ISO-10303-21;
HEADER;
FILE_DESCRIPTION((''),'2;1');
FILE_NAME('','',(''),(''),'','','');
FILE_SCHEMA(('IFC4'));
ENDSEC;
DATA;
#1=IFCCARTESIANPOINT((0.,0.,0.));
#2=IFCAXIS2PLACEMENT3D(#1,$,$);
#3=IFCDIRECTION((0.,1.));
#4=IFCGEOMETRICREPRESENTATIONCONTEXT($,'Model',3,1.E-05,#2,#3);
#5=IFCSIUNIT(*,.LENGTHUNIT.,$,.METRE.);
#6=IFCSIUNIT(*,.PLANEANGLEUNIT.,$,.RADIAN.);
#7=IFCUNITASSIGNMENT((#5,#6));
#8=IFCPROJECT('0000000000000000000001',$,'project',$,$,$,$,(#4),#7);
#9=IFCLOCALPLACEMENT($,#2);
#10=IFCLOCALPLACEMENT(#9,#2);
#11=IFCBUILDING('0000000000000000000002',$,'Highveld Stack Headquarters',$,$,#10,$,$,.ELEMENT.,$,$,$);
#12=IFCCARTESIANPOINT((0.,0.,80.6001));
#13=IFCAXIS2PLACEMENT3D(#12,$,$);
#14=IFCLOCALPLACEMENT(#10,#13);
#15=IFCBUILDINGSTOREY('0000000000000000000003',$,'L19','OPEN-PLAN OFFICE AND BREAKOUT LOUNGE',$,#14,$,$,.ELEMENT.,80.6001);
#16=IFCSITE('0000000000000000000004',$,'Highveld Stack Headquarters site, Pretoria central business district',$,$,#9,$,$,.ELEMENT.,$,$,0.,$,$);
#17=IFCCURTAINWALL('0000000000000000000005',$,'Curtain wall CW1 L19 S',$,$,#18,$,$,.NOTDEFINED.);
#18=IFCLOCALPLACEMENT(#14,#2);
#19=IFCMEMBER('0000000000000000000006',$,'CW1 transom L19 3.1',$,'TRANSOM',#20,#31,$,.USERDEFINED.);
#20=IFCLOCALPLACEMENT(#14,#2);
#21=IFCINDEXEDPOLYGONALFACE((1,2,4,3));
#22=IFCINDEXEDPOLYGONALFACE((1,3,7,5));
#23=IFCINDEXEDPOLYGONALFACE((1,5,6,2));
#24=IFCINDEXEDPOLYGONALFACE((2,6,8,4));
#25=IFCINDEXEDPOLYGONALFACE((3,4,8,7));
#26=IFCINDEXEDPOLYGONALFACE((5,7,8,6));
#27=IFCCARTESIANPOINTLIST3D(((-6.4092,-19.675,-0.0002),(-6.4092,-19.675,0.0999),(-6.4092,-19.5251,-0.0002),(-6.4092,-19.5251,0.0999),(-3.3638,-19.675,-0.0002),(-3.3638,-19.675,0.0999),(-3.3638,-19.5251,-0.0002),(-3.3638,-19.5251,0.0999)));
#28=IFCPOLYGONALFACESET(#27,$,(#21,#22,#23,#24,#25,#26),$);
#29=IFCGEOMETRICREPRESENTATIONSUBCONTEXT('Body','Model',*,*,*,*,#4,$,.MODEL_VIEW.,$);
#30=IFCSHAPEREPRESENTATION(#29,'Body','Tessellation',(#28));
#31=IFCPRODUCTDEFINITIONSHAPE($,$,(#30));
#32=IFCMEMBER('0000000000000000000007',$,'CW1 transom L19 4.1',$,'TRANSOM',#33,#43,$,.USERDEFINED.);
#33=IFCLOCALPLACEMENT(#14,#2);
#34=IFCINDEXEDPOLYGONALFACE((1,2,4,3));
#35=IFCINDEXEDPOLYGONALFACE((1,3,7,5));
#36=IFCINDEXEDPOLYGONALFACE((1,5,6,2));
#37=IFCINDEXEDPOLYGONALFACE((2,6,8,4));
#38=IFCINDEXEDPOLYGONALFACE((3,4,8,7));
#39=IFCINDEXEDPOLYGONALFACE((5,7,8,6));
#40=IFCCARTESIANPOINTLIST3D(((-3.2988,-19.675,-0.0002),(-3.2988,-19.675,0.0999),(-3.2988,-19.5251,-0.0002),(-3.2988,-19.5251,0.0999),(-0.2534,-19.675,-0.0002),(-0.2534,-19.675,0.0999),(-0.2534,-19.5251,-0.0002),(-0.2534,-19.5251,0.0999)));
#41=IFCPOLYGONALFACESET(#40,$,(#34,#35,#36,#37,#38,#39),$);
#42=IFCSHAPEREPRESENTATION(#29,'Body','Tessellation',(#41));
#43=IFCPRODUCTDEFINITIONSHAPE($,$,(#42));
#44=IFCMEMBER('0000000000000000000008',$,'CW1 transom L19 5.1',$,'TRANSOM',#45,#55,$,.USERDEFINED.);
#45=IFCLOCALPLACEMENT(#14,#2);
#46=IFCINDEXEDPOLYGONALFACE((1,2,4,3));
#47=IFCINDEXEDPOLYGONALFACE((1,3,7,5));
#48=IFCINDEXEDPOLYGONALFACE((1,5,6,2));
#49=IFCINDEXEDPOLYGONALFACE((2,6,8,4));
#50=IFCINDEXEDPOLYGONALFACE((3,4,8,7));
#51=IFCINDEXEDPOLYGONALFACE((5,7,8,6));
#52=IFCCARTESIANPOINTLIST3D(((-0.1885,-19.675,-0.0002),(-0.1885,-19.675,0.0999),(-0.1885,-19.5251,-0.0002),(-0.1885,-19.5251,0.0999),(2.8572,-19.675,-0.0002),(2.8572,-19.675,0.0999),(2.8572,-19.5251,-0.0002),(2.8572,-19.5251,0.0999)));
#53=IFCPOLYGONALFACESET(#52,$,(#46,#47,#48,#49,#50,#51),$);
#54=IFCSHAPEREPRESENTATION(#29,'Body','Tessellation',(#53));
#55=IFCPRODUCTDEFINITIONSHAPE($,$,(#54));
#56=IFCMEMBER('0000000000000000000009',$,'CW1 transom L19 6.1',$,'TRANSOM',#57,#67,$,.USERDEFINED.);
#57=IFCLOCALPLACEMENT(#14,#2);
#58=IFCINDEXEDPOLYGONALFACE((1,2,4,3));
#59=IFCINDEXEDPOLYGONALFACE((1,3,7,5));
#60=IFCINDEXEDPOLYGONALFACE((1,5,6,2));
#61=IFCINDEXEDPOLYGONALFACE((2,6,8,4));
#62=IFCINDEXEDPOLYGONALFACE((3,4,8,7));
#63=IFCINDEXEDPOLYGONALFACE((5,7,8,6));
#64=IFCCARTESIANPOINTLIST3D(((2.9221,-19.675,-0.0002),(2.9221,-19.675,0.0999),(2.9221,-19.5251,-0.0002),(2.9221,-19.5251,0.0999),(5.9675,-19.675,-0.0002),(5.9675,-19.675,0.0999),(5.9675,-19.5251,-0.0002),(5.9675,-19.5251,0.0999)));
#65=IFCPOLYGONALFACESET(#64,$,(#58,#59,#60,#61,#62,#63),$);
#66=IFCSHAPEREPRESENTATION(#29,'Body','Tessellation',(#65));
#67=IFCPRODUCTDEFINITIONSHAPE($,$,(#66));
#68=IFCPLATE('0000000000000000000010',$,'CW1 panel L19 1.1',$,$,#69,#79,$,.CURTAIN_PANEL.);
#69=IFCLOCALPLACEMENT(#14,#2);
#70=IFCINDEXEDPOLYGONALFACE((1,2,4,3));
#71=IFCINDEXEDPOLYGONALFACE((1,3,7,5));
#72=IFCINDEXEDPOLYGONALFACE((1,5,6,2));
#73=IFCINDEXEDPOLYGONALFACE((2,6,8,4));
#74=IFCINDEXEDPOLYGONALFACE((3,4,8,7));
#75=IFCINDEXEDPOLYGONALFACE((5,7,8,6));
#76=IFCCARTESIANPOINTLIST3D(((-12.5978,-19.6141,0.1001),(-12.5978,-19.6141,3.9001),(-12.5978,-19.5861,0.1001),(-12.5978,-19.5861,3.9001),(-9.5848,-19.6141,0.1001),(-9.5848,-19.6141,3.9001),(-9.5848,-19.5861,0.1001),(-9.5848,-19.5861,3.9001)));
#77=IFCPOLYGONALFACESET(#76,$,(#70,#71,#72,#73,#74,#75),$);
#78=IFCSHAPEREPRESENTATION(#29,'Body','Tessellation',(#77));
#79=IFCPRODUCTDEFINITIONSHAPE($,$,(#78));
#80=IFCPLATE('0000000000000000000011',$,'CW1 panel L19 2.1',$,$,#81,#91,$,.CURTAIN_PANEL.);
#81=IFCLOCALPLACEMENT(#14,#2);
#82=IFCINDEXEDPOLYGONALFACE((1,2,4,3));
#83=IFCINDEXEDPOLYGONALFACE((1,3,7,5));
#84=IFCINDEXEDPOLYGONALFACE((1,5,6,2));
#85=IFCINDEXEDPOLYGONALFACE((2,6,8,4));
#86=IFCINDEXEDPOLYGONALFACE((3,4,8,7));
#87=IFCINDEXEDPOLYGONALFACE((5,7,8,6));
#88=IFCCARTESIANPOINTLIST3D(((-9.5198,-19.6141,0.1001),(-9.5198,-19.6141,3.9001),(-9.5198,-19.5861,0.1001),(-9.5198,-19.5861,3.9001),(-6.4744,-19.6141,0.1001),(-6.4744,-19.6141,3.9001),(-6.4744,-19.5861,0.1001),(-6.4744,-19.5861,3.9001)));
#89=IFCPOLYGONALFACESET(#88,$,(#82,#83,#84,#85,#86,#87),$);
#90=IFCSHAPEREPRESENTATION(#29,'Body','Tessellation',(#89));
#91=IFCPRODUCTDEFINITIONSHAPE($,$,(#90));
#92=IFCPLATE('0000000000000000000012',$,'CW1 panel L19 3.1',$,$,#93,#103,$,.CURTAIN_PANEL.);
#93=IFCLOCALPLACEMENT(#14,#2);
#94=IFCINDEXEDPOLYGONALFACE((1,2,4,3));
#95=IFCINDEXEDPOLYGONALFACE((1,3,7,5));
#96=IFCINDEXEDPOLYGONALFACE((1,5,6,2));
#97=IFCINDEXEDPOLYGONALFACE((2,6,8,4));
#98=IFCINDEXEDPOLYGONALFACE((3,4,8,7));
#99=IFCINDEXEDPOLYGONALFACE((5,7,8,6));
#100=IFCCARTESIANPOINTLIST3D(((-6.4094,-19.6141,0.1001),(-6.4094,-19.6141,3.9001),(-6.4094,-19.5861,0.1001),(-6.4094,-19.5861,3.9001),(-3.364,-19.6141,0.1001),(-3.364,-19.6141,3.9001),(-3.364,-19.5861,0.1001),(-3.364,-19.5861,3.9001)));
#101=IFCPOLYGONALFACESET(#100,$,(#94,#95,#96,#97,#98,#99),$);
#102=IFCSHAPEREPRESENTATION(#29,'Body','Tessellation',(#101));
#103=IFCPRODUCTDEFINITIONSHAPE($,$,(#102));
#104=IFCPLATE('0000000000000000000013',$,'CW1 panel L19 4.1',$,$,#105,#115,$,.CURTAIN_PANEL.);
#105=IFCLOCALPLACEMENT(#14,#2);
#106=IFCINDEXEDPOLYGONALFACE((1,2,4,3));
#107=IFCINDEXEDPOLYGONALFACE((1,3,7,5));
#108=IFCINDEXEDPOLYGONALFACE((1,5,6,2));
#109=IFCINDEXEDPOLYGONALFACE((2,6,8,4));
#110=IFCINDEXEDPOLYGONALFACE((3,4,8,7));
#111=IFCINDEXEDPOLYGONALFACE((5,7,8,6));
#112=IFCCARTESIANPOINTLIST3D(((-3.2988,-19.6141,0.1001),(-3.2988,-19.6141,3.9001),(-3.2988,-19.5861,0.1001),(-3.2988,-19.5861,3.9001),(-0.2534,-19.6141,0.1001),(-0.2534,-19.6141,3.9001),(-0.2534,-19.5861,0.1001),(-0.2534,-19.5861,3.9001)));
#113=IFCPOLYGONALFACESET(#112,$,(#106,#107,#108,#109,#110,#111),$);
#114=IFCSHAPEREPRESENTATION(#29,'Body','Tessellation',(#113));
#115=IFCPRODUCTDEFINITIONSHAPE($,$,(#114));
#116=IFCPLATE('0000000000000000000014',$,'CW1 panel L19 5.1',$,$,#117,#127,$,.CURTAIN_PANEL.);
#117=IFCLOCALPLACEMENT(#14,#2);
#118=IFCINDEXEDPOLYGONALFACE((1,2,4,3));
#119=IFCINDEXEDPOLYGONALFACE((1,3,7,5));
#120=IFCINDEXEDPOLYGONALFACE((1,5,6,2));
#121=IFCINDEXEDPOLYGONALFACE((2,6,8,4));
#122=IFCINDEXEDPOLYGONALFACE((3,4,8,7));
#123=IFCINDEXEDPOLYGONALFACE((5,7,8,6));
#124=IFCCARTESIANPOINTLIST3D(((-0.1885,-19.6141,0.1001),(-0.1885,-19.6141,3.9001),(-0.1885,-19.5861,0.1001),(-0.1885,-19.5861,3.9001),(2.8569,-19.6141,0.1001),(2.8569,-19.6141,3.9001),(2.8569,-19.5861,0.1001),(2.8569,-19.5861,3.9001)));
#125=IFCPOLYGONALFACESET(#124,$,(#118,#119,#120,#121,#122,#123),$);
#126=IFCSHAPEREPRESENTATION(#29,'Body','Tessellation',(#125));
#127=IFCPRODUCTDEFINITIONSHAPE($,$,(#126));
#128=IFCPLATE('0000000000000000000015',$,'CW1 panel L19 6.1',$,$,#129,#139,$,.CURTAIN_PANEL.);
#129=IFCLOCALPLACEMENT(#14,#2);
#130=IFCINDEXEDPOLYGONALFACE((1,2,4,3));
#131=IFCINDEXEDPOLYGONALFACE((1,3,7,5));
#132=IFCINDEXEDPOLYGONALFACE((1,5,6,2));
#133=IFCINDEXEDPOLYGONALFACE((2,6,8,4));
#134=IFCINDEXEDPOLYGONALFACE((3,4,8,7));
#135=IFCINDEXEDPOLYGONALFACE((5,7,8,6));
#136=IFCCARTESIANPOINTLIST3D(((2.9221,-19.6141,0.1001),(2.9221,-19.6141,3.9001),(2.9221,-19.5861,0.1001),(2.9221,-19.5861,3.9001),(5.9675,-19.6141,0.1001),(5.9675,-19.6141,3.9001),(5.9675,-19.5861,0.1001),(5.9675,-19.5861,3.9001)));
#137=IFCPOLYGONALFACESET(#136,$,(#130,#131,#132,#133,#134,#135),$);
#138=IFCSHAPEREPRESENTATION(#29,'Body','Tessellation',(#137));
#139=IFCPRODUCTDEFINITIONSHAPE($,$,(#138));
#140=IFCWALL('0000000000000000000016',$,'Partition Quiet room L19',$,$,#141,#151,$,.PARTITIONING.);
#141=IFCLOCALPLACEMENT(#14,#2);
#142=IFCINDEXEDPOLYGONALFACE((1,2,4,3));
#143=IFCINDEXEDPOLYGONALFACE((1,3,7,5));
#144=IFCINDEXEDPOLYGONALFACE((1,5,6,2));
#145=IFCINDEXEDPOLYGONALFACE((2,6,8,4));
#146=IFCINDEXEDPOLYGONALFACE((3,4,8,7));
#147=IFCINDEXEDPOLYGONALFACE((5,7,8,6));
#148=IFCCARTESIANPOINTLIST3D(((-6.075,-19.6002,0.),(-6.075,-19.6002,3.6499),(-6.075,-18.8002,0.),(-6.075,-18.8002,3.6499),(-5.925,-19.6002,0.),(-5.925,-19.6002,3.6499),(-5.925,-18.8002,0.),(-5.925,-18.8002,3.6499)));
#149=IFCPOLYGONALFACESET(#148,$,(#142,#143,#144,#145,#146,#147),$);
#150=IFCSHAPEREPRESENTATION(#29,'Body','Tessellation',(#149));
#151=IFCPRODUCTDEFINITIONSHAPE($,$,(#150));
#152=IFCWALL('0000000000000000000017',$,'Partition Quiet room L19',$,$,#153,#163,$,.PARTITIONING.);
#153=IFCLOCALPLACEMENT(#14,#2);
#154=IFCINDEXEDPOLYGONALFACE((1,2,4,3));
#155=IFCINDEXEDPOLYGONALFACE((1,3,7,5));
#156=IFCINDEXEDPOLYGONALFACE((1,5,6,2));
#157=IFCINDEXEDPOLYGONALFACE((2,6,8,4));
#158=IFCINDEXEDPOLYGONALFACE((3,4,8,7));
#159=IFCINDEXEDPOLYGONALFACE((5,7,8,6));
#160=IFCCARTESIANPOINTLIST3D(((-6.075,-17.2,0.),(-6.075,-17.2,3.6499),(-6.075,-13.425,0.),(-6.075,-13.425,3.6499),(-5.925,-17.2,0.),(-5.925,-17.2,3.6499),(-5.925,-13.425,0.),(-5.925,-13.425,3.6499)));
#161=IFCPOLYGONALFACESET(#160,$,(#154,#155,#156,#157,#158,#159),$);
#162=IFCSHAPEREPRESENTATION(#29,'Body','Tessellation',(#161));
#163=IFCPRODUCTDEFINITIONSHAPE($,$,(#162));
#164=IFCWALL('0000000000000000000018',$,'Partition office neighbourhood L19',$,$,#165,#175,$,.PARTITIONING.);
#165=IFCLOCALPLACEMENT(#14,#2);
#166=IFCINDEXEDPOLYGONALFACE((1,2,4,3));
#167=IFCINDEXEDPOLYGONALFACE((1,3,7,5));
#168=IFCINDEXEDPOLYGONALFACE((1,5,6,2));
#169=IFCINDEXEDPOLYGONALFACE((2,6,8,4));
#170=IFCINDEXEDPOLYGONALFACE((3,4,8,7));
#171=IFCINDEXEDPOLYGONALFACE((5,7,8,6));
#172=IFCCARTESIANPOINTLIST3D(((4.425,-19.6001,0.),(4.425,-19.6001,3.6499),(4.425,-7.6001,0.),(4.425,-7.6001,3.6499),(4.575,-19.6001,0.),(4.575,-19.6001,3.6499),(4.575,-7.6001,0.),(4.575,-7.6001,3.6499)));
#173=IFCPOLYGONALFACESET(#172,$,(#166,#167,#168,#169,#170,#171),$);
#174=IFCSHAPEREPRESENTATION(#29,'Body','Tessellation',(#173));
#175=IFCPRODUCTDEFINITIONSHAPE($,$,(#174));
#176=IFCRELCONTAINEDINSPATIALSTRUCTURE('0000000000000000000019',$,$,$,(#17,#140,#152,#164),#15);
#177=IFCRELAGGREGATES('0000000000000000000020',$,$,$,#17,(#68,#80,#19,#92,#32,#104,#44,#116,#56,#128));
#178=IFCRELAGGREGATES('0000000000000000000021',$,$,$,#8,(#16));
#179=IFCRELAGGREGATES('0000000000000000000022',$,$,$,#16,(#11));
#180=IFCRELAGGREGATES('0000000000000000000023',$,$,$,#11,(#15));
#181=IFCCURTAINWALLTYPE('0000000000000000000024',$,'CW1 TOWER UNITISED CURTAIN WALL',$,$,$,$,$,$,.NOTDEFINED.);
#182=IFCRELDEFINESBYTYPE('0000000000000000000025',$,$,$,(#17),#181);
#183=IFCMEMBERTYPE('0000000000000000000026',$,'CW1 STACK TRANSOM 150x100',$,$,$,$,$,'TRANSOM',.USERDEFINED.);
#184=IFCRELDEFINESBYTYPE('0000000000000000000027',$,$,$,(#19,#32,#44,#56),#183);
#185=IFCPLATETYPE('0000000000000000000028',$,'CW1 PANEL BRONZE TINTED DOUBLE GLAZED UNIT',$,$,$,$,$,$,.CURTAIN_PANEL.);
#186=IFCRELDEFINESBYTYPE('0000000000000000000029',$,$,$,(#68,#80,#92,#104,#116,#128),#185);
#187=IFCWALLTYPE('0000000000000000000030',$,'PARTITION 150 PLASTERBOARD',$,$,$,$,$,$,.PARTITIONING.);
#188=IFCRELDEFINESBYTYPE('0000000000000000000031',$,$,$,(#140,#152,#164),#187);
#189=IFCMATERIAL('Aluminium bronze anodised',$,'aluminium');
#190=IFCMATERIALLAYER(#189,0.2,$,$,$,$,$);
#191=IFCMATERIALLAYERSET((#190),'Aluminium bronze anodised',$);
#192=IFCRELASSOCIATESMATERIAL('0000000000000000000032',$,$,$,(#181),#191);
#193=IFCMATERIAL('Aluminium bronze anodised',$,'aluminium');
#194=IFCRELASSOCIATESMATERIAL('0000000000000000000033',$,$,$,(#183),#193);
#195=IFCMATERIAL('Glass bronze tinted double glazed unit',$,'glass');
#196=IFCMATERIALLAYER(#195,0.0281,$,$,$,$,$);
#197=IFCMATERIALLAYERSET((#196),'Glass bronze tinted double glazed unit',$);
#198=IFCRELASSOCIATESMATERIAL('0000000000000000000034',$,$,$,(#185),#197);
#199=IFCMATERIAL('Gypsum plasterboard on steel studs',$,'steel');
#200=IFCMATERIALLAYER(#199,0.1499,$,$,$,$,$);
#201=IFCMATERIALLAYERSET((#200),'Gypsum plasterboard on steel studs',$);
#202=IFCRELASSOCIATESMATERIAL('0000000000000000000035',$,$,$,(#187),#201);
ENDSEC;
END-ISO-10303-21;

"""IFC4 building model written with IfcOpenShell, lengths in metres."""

from ifc_helpers import new_model, si_unit, direction, frame, frame_2d, origin, origin_2d, place, context, subcontext, project, spatial, rectangle, extrude, material, layer, layer_set, material_profile, profile_set, type_object, element, aggregate, save


model = new_model("IFC4")

# Units and contexts
model_context = context("Model", 3, precision=1e-05, world=origin(), true_north=direction((0.0, 1.0)))
body_context = subcontext(model_context, "Body", "Model", "MODEL_VIEW")
ifc_project = project(units=[si_unit("LENGTHUNIT", "METRE"), si_unit("PLANEANGLEUNIT", "RADIAN")], contexts=[model_context])

# Site, building, storey
site_placement = place(None, origin())
site = spatial("IfcSite", under=ifc_project, at=site_placement, Name="Highveld Stack Headquarters site, Pretoria central business district", CompositionType="ELEMENT", RefElevation=0.0)
building_placement = place(site_placement, origin())
building = spatial("IfcBuilding", under=site, at=building_placement, Name="Highveld Stack Headquarters", CompositionType="ELEMENT")
storey_placement = place(building_placement, frame((0.0, 0.0, 80.6001)))
storey = spatial("IfcBuildingStorey", under=building, at=storey_placement, Name="L19", Description="OPEN-PLAN OFFICE AND BREAKOUT LOUNGE", CompositionType="ELEMENT", Elevation=80.6001)

# Curtain wall, members, plates
ifc_material_1 = material(Name="Aluminium bronze anodised", Category="aluminium")
ifc_layer_1 = layer(ifc_material_1, 0.2)
ifc_layer_set_1 = layer_set([ifc_layer_1], Name="Aluminium bronze anodised")
curtain_wall_type = type_object("IfcCurtainWallType", Name="CW1 TOWER UNITISED CURTAIN WALL", PredefinedType="NOTDEFINED", material=ifc_layer_set_1)
curtain_wall_placement = place(storey_placement, origin())
curtain_wall = element("IfcCurtainWall", 1, at=curtain_wall_placement, inside=storey, type_object=curtain_wall_type, Name="Curtain wall CW1 L19 S", PredefinedType="NOTDEFINED")
ifc_material_2 = material(Name="Aluminium bronze anodised", Category="aluminium")
ifc_material_profile_1 = material_profile(ifc_material_2, rectangle(XDim=0.1499, YDim=0.1001, at=origin_2d()), Name="CW1 TRANSOM 150x100")
ifc_profile_set_1 = profile_set([ifc_material_profile_1], Name="Aluminium bronze anodised")
member_type_1 = type_object("IfcMemberType", Name="CW1 STACK TRANSOM 150x100", ElementType="TRANSOM", PredefinedType="USERDEFINED", material=ifc_profile_set_1)
member_1_placement = place(storey_placement, frame((-6.4092, -19.6001, 0.0498), z_axis=(1.0, 0.0, 0.0), x_axis=(0.0, 1.0, 0.0)))
member_1 = element("IfcMember", 2, at=member_1_placement, type_object=member_type_1, Name="CW1 transom L19 3.1", ObjectType="TRANSOM", PredefinedType="USERDEFINED", context=body_context, shape_type="SweptSolid", body=[
    extrude(rectangle(XDim=0.1499, YDim=0.1001, at=origin_2d()), origin(), (0.0, 0.0, 1.0), 3.0454),
])
member_2_placement = place(storey_placement, frame((-3.2988, -19.6001, 0.0498), z_axis=(1.0, 0.0, 0.0), x_axis=(0.0, 1.0, 0.0)))
member_2 = element("IfcMember", 3, at=member_2_placement, type_object=member_type_1, Name="CW1 transom L19 4.1", ObjectType="TRANSOM", PredefinedType="USERDEFINED", context=body_context, shape_type="SweptSolid", body=[
    extrude(rectangle(XDim=0.1499, YDim=0.1001, at=origin_2d()), origin(), (0.0, 0.0, 1.0), 3.0454),
])
member_3_placement = place(storey_placement, frame((-0.1885, -19.6001, 0.0498), z_axis=(1.0, 0.0, 0.0), x_axis=(0.0, 1.0, 0.0)))
member_3 = element("IfcMember", 4, at=member_3_placement, type_object=member_type_1, Name="CW1 transom L19 5.1", ObjectType="TRANSOM", PredefinedType="USERDEFINED", context=body_context, shape_type="SweptSolid", body=[
    extrude(rectangle(XDim=0.1499, YDim=0.1001, at=origin_2d()), origin(), (0.0, 0.0, 1.0), 3.0457),
])
member_4_placement = place(storey_placement, frame((2.9221, -19.6001, 0.0498), z_axis=(1.0, 0.0, 0.0), x_axis=(0.0, 1.0, 0.0)))
member_4 = element("IfcMember", 5, at=member_4_placement, type_object=member_type_1, Name="CW1 transom L19 6.1", ObjectType="TRANSOM", PredefinedType="USERDEFINED", context=body_context, shape_type="SweptSolid", body=[
    extrude(rectangle(XDim=0.1499, YDim=0.1001, at=origin_2d()), origin(), (0.0, 0.0, 1.0), 3.0454),
])
ifc_material_3 = material(Name="Glass bronze tinted double glazed unit", Category="glass")
ifc_layer_2 = layer(ifc_material_3, 0.0281)
ifc_layer_set_2 = layer_set([ifc_layer_2], Name="Glass bronze tinted double glazed unit")
plate_type = type_object("IfcPlateType", Name="CW1 PANEL BRONZE TINTED DOUBLE GLAZED UNIT", PredefinedType="CURTAIN_PANEL", material=ifc_layer_set_2)
plate_1_placement = place(storey_placement, frame((-11.0913, -19.6001, 0.1001), z_axis=(0.0, 0.0, 1.0), x_axis=(1.0, 0.0, 0.0)))
plate_1 = element("IfcPlate", 6, at=plate_1_placement, type_object=plate_type, Name="CW1 panel L19 1.1", PredefinedType="CURTAIN_PANEL", context=body_context, shape_type="SweptSolid", body=[
    extrude(rectangle(XDim=3.0129, YDim=0.0281, at=origin_2d()), origin(), (0.0, 0.0, 1.0), 3.8),
])
plate_2_placement = place(storey_placement, frame((-7.9971, -19.6001, 0.1001), z_axis=(0.0, 0.0, 1.0), x_axis=(1.0, 0.0, 0.0)))
plate_2 = element("IfcPlate", 7, at=plate_2_placement, type_object=plate_type, Name="CW1 panel L19 2.1", PredefinedType="CURTAIN_PANEL", context=body_context, shape_type="SweptSolid", body=[
    extrude(rectangle(XDim=3.0454, YDim=0.0281, at=origin_2d()), origin(), (0.0, 0.0, 1.0), 3.8),
])
plate_3_placement = place(storey_placement, frame((-4.8867, -19.6001, 0.1001), z_axis=(0.0, 0.0, 1.0), x_axis=(1.0, 0.0, 0.0)))
plate_3 = element("IfcPlate", 8, at=plate_3_placement, type_object=plate_type, Name="CW1 panel L19 3.1", PredefinedType="CURTAIN_PANEL", context=body_context, shape_type="SweptSolid", body=[
    extrude(rectangle(XDim=3.0454, YDim=0.0281, at=origin_2d()), origin(), (0.0, 0.0, 1.0), 3.8),
])
plate_4_placement = place(storey_placement, frame((-1.7761, -19.6001, 0.1001), z_axis=(0.0, 0.0, 1.0), x_axis=(1.0, 0.0, 0.0)))
plate_4 = element("IfcPlate", 9, at=plate_4_placement, type_object=plate_type, Name="CW1 panel L19 4.1", PredefinedType="CURTAIN_PANEL", context=body_context, shape_type="SweptSolid", body=[
    extrude(rectangle(XDim=3.0454, YDim=0.0281, at=origin_2d()), origin(), (0.0, 0.0, 1.0), 3.8),
])
plate_5_placement = place(storey_placement, frame((1.3342, -19.6001, 0.1001), z_axis=(0.0, 0.0, 1.0), x_axis=(1.0, 0.0, 0.0)))
plate_5 = element("IfcPlate", 10, at=plate_5_placement, type_object=plate_type, Name="CW1 panel L19 5.1", PredefinedType="CURTAIN_PANEL", context=body_context, shape_type="SweptSolid", body=[
    extrude(rectangle(XDim=3.0454, YDim=0.0281, at=origin_2d()), origin(), (0.0, 0.0, 1.0), 3.8),
])
plate_6_placement = place(storey_placement, frame((4.4448, -19.6001, 0.1001), z_axis=(0.0, 0.0, 1.0), x_axis=(1.0, 0.0, 0.0)))
plate_6 = element("IfcPlate", 11, at=plate_6_placement, type_object=plate_type, Name="CW1 panel L19 6.1", PredefinedType="CURTAIN_PANEL", context=body_context, shape_type="SweptSolid", body=[
    extrude(rectangle(XDim=3.0454, YDim=0.0281, at=origin_2d()), origin(), (0.0, 0.0, 1.0), 3.8),
])
aggregate(curtain_wall, [plate_1, plate_2, member_1, plate_3, member_2, plate_4, member_3, plate_5, member_4, plate_6])

# Walls
ifc_material_4 = material(Name="Gypsum plasterboard on steel studs", Category="steel")
ifc_layer_3 = layer(ifc_material_4, 0.1499)
ifc_layer_set_3 = layer_set([ifc_layer_3], Name="Gypsum plasterboard on steel studs")
wall_type = type_object("IfcWallType", Name="PARTITION 150 PLASTERBOARD", PredefinedType="PARTITIONING", material=ifc_layer_set_3)
wall_1_placement = place(storey_placement, frame((-6.0, -19.6001, 0.0), z_axis=(0.0, 0.0, 1.0), x_axis=(0.0, 1.0, 0.0)))
element("IfcWall", 12, at=wall_1_placement, inside=storey, type_object=wall_type, Name="Partition Quiet room L19", PredefinedType="PARTITIONING", context=body_context, shape_type="SweptSolid", body=[
    extrude(rectangle(XDim=0.8, YDim=0.1499, at=frame_2d((0.3999, 0.0))), origin(), (0.0, 0.0, 1.0), 3.6499),
])
wall_2_placement = place(storey_placement, frame((-6.0, -17.2, 0.0), z_axis=(0.0, 0.0, 1.0), x_axis=(0.0, 1.0, 0.0)))
element("IfcWall", 13, at=wall_2_placement, inside=storey, type_object=wall_type, Name="Partition Quiet room L19", PredefinedType="PARTITIONING", context=body_context, shape_type="SweptSolid", body=[
    extrude(rectangle(XDim=3.7749, YDim=0.1499, at=frame_2d((1.8875, 0.0))), origin(), (0.0, 0.0, 1.0), 3.6499),
])
wall_3_placement = place(storey_placement, frame((4.5, -19.6001, 0.0), z_axis=(0.0, 0.0, 1.0), x_axis=(0.0, 1.0, 0.0)))
element("IfcWall", 14, at=wall_3_placement, inside=storey, type_object=wall_type, Name="Partition office neighbourhood L19", PredefinedType="PARTITIONING", context=body_context, shape_type="SweptSolid", body=[
    extrude(rectangle(XDim=12.0, YDim=0.1499, at=frame_2d((6.0, 0.0))), origin(), (0.0, 0.0, 1.0), 3.6499),
])

save(model, "model.ifc")
